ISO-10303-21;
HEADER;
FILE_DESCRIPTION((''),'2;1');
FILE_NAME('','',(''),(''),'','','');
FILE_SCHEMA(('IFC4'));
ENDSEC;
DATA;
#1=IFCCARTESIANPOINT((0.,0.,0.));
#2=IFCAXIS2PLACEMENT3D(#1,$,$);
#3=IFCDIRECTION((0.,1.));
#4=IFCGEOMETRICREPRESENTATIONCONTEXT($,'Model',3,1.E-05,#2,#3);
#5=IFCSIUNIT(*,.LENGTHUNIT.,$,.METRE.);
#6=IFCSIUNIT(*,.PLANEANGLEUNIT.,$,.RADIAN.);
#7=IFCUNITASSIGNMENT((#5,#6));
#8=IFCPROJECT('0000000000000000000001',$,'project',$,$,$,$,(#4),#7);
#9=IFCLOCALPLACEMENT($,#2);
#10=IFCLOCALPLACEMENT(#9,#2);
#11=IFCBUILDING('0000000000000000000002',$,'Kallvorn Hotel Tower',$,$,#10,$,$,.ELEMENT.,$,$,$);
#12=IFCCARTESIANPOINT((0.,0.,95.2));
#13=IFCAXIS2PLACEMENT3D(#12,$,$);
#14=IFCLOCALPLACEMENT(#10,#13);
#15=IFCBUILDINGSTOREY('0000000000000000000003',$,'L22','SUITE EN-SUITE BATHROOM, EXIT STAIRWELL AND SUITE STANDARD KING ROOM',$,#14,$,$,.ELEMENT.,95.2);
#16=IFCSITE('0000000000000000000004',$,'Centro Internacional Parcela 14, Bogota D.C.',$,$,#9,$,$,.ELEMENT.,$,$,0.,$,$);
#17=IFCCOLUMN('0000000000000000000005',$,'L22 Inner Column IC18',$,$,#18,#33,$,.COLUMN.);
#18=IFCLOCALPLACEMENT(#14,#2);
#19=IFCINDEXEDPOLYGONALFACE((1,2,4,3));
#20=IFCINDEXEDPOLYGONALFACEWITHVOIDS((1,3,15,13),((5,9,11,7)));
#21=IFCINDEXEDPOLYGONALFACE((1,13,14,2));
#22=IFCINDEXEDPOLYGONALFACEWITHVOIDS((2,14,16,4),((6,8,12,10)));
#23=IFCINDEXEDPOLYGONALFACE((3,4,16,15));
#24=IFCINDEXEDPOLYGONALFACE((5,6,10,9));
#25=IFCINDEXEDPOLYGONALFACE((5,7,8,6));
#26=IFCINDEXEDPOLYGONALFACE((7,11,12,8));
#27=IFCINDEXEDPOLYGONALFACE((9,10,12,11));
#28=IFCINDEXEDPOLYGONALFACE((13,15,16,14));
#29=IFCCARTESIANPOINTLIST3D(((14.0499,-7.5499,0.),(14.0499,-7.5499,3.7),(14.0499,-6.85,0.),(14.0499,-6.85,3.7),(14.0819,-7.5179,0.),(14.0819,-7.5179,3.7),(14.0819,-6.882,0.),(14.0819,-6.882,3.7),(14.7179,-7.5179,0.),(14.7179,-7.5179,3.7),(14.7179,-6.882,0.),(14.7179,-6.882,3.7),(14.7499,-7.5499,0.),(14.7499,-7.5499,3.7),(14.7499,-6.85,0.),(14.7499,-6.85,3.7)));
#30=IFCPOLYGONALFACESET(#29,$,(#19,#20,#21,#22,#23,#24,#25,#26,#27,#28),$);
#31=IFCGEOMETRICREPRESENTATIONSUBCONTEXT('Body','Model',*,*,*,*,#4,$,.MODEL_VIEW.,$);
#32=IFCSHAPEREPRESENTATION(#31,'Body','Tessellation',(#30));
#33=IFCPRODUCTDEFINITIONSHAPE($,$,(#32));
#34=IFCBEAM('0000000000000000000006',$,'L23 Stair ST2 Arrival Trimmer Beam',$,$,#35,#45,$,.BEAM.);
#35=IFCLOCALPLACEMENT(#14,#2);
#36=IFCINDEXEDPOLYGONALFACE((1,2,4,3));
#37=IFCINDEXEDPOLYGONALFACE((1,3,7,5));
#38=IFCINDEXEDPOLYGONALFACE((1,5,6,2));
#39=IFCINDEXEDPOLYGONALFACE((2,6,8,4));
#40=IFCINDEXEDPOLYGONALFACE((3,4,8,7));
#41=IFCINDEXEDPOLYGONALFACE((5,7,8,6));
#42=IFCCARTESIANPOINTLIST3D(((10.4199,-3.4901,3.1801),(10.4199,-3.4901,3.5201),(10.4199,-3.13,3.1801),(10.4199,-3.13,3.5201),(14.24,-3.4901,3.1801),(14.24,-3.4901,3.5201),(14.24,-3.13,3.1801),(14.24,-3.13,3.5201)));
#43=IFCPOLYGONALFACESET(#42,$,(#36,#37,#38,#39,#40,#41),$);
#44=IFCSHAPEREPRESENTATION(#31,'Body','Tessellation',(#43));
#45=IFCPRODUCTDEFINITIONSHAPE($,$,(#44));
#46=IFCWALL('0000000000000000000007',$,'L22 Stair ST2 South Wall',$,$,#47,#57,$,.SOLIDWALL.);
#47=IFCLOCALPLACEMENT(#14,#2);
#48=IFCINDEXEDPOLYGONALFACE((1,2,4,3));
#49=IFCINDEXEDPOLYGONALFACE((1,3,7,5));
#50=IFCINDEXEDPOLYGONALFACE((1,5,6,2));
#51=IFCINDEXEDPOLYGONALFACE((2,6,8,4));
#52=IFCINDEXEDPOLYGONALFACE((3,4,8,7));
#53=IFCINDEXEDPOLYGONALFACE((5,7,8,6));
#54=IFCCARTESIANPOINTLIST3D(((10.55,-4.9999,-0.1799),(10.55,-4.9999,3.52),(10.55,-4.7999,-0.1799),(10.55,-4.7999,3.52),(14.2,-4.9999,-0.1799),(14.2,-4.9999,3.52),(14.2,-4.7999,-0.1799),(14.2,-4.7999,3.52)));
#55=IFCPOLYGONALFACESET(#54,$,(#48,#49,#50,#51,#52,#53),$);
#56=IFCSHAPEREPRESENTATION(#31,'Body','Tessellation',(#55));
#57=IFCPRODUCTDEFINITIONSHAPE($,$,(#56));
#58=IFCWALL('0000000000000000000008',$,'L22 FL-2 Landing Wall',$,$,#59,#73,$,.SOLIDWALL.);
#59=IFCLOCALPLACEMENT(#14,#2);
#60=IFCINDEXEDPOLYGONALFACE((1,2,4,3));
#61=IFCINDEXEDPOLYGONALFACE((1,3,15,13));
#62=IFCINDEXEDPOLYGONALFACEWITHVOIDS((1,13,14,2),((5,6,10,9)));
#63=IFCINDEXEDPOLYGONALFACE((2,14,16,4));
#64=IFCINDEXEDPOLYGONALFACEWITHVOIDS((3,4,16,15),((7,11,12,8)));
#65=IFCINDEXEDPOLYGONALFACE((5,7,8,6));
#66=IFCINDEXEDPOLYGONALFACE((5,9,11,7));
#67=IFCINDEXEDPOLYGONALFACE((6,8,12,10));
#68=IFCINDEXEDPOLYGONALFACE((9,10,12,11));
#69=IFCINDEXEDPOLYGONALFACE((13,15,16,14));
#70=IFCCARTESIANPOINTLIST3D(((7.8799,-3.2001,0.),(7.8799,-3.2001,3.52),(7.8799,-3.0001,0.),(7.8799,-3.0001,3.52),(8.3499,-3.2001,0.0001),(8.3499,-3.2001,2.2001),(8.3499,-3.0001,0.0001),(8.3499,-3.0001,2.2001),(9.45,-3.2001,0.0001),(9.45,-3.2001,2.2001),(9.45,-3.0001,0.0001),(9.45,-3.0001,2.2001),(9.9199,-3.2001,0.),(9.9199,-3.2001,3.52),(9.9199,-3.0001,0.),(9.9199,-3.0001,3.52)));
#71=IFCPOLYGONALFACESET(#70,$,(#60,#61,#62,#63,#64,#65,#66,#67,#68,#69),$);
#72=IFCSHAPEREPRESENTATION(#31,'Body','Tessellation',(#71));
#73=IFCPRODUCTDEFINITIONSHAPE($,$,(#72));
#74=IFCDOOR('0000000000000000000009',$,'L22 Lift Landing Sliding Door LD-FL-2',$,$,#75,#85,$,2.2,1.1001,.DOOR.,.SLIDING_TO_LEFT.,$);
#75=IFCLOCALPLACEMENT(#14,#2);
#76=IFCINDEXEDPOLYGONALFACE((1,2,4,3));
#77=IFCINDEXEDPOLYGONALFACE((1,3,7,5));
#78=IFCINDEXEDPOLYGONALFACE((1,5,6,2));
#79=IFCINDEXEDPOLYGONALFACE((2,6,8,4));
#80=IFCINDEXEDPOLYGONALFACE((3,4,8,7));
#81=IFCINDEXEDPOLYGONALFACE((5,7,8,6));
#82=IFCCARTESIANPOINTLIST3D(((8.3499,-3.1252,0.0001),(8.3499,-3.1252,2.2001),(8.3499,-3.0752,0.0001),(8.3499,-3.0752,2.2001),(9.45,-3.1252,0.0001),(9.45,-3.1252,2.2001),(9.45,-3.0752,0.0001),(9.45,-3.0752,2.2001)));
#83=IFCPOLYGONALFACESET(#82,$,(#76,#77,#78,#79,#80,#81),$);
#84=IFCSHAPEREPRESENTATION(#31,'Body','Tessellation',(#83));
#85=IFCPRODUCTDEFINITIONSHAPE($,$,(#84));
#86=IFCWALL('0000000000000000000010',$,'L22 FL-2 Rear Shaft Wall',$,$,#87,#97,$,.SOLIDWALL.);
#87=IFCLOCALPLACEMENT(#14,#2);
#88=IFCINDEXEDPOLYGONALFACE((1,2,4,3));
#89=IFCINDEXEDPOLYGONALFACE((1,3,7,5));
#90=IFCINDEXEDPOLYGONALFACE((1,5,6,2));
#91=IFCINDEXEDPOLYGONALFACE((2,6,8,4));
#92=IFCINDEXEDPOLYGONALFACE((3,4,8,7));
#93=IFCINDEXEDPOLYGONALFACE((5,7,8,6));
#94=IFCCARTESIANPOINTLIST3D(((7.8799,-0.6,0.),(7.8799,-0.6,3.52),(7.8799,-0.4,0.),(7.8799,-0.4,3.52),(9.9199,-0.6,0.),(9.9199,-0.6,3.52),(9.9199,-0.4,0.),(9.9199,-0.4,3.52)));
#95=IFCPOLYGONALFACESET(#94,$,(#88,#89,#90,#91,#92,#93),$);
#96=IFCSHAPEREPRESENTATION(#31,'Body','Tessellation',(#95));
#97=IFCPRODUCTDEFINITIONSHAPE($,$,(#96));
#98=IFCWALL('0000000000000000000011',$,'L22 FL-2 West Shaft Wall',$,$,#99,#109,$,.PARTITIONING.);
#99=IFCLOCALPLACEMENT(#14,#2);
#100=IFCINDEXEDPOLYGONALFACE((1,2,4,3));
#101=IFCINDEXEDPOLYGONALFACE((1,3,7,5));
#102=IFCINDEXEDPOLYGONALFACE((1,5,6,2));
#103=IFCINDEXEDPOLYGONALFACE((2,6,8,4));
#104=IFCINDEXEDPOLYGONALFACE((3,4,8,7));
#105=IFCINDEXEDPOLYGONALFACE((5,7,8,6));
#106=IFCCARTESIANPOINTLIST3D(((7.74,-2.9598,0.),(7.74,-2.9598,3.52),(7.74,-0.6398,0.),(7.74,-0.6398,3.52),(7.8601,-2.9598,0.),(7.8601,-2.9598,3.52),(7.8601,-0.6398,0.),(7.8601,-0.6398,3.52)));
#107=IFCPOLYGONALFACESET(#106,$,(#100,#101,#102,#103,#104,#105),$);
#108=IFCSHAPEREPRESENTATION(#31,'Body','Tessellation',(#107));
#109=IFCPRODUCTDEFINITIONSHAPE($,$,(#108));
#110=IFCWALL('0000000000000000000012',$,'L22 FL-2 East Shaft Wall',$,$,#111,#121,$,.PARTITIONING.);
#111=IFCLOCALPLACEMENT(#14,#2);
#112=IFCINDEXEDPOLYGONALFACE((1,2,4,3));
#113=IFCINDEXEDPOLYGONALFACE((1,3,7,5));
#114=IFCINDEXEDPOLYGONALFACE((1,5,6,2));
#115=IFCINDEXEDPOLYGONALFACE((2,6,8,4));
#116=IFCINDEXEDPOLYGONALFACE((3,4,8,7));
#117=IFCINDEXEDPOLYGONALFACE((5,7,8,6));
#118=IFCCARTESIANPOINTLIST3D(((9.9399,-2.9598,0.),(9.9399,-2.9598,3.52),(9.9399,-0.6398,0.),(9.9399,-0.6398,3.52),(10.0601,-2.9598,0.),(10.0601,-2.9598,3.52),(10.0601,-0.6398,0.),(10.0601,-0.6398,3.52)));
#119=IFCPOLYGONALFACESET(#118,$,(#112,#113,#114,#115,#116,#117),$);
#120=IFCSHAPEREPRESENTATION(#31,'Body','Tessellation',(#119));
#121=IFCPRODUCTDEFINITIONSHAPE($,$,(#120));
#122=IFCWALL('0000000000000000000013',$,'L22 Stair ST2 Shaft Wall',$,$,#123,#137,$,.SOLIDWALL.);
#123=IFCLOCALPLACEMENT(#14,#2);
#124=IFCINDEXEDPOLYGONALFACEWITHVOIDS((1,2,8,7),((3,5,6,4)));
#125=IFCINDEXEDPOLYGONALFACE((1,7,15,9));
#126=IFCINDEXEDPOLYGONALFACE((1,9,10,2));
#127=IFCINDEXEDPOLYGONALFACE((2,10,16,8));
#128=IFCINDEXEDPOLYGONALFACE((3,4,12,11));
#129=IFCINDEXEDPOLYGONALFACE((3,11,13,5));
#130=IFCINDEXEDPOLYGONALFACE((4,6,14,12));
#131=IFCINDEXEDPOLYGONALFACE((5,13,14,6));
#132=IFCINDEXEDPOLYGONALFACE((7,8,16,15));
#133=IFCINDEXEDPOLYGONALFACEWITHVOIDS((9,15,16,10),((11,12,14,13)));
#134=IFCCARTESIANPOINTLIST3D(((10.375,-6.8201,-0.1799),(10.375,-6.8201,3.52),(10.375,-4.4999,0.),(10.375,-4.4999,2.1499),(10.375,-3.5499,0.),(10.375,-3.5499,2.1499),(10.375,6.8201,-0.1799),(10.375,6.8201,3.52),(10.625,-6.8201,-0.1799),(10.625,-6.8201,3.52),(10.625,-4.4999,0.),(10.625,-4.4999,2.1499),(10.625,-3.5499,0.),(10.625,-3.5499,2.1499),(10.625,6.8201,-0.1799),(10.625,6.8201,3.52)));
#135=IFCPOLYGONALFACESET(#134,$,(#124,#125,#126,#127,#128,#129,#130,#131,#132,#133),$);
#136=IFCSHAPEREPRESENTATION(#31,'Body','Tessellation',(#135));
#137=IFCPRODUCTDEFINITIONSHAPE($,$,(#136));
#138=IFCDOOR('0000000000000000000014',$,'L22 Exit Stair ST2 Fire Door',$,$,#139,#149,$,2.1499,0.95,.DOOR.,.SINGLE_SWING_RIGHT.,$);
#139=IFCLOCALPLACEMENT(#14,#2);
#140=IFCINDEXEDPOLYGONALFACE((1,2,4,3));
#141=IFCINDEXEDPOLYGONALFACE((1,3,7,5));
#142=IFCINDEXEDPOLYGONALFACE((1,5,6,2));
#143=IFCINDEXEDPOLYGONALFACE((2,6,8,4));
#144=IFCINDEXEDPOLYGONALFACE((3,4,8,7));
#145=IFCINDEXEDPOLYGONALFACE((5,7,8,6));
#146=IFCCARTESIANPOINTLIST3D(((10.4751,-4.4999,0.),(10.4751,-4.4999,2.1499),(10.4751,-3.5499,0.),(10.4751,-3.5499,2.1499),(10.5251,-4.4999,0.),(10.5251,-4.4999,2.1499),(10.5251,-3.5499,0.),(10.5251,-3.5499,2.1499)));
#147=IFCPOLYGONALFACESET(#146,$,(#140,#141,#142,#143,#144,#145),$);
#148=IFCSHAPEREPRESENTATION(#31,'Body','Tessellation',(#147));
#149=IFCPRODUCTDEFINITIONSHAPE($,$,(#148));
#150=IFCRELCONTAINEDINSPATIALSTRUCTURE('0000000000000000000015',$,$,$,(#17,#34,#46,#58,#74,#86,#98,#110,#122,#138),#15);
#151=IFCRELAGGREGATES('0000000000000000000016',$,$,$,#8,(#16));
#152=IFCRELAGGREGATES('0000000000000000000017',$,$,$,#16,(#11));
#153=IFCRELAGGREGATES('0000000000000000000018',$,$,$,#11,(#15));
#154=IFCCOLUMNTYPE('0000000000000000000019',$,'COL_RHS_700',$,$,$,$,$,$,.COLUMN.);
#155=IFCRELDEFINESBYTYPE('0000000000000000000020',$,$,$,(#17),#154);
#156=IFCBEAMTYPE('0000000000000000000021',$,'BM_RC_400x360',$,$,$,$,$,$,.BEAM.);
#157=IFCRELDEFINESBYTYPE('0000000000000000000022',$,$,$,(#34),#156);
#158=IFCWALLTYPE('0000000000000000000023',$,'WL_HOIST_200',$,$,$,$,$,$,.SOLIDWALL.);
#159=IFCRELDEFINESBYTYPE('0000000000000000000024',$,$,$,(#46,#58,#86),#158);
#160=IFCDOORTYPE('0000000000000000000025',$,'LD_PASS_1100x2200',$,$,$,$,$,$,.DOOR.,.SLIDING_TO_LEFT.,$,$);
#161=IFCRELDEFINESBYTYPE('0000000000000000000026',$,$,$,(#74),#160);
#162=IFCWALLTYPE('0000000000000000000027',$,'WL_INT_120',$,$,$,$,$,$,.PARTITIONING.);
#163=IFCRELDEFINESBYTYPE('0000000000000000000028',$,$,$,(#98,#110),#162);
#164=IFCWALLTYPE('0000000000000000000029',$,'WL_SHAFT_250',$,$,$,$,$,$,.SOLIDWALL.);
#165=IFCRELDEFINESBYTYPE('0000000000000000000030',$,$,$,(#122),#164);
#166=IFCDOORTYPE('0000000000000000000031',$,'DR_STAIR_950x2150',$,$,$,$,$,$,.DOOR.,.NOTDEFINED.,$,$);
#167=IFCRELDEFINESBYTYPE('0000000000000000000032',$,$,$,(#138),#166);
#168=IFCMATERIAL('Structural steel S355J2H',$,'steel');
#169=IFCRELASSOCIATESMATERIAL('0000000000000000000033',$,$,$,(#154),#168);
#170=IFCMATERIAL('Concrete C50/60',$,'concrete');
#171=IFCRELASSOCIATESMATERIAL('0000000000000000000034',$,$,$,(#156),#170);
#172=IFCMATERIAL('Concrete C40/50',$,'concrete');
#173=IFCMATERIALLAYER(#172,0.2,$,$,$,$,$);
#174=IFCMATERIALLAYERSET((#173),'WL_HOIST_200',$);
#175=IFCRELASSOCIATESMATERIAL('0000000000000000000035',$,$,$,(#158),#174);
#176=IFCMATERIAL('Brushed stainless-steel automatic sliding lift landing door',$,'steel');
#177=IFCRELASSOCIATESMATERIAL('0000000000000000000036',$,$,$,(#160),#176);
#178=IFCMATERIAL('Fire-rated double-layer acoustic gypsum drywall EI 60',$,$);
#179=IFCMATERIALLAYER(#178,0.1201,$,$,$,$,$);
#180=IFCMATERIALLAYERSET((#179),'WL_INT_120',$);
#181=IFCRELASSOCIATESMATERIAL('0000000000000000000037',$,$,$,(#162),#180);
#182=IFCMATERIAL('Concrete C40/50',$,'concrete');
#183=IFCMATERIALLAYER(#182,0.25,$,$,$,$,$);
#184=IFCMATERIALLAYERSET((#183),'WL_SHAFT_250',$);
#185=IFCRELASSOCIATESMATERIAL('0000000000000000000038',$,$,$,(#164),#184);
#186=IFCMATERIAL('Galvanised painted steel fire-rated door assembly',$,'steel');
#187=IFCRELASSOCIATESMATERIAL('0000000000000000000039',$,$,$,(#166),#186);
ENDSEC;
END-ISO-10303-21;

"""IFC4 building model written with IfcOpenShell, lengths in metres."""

from ifc_helpers import new_model, si_unit, direction, frame, frame_2d, origin, origin_2d, place, context, subcontext, project, spatial, rectangle, hollow_rectangle, extrude, material, layer, layer_set, material_profile, profile_set, type_object, element, fill, save


model = new_model("IFC4")

# Units and contexts
model_context = context("Model", 3, precision=1e-05, world=origin(), true_north=direction((0.0, 1.0)))
body_context = subcontext(model_context, "Body", "Model", "MODEL_VIEW")
ifc_project = project(units=[si_unit("LENGTHUNIT", "METRE"), si_unit("PLANEANGLEUNIT", "RADIAN")], contexts=[model_context])

# Site, building, storey
site_placement = place(None, origin())
site = spatial("IfcSite", under=ifc_project, at=site_placement, Name="Centro Internacional Parcela 14, Bogota D.C.", CompositionType="ELEMENT", RefElevation=0.0)
building_placement = place(site_placement, origin())
building = spatial("IfcBuilding", under=site, at=building_placement, Name="Kallvorn Hotel Tower", CompositionType="ELEMENT")
storey_placement = place(building_placement, frame((0.0, 0.0, 95.2)))
storey = spatial("IfcBuildingStorey", under=building, at=storey_placement, Name="L22", Description="SUITE EN-SUITE BATHROOM, EXIT STAIRWELL AND SUITE STANDARD KING ROOM", CompositionType="ELEMENT", Elevation=95.2)

# Column
ifc_material_1 = material(Name="Structural steel S355J2H", Category="steel")
ifc_material_profile_1 = material_profile(ifc_material_1, hollow_rectangle(XDim=0.7, YDim=0.7, WallThickness=0.032, at=origin_2d()), Name="RHS 700x700x32")
ifc_profile_set_1 = profile_set([ifc_material_profile_1], Name="Structural steel S355J2H")
column_type = type_object("IfcColumnType", Name="COL_RHS_700", PredefinedType="COLUMN", material=ifc_profile_set_1)
column_placement = place(storey_placement, frame((14.3999, -7.2, 0.0), z_axis=(0.0, 0.0, 1.0), x_axis=(1.0, 0.0, 0.0)))
element("IfcColumn", 1, at=column_placement, inside=storey, type_object=column_type, Name="L22 Inner Column IC18", PredefinedType="COLUMN", context=body_context, shape_type="SweptSolid", body=[
    extrude(hollow_rectangle(XDim=0.7, YDim=0.7, WallThickness=0.032, at=origin_2d()), origin(), (0.0, 0.0, 1.0), 3.7),
])

# Beam
ifc_material_2 = material(Name="Concrete C50/60", Category="concrete")
ifc_material_profile_2 = material_profile(ifc_material_2, rectangle(XDim=0.3601, YDim=0.3401, at=origin_2d()), Name="RC 360x340")
ifc_profile_set_2 = profile_set([ifc_material_profile_2], Name="Concrete C50/60")
beam_type = type_object("IfcBeamType", Name="BM_RC_400x360", PredefinedType="BEAM", material=ifc_profile_set_2)
beam_placement = place(storey_placement, frame((14.24, -3.3101, 3.3501), z_axis=(-1.0, 0.0, 0.0), x_axis=(0.0, -1.0, 0.0)))
element("IfcBeam", 2, at=beam_placement, inside=storey, type_object=beam_type, Name="L23 Stair ST2 Arrival Trimmer Beam", PredefinedType="BEAM", context=body_context, shape_type="SweptSolid", body=[
    extrude(rectangle(XDim=0.3601, YDim=0.3401, at=origin_2d()), origin(), (0.0, 0.0, 1.0), 3.8201),
])

# Wall
ifc_material_3 = material(Name="Concrete C40/50", Category="concrete")
ifc_layer_1 = layer(ifc_material_3, 0.2)
ifc_layer_set_1 = layer_set([ifc_layer_1], Name="WL_HOIST_200")
wall_type_1 = type_object("IfcWallType", Name="WL_HOIST_200", PredefinedType="SOLIDWALL", material=ifc_layer_set_1)
wall_1_placement = place(storey_placement, frame((10.55, -4.8999, -0.1799), z_axis=(0.0, 0.0, 1.0), x_axis=(1.0, 0.0, 0.0)))
element("IfcWall", 3, at=wall_1_placement, inside=storey, type_object=wall_type_1, Name="L22 Stair ST2 South Wall", PredefinedType="SOLIDWALL", context=body_context, shape_type="SweptSolid", body=[
    extrude(rectangle(XDim=3.6499, YDim=0.2, at=frame_2d((1.825, 0.0))), origin(), (0.0, 0.0, 1.0), 3.7),
])

# Wall, opening, door
wall_2_placement = place(storey_placement, frame((7.8799, -3.1001, 0.0), z_axis=(0.0, 0.0, 1.0), x_axis=(1.0, 0.0, 0.0)))
wall_2 = element("IfcWall", 4, at=wall_2_placement, inside=storey, type_object=wall_type_1, Name="L22 FL-2 Landing Wall", PredefinedType="SOLIDWALL", context=body_context, shape_type="SweptSolid", body=[
    extrude(rectangle(XDim=2.04, YDim=0.2, at=frame_2d((1.02, 0.0))), origin(), (0.0, 0.0, 1.0), 3.52),
])
opening_1_placement = place(wall_2_placement, frame((0.47, 0.0, 0.0)))
opening_1 = element("IfcOpeningElement", 5, at=opening_1_placement, cuts=wall_2, PredefinedType="OPENING", context=body_context, shape_type="SweptSolid", body=[
    extrude(rectangle(XDim=1.1001, YDim=2.2, at=frame_2d((0.55, 1.1001))), frame((0.0, 0.115, 0.0), z_axis=(0.0, -1.0, 0.0), x_axis=(1.0, 0.0, 0.0)), (0.0, 0.0, 1.0), 0.23),
])
ifc_material_4 = material(Name="Brushed stainless-steel automatic sliding lift landing door", Category="steel")
door_type_1 = type_object("IfcDoorType", Name="LD_PASS_1100x2200", OperationType="SLIDING_TO_LEFT", PredefinedType="DOOR", material=ifc_material_4)
door_1_placement = place(opening_1_placement, origin())
door_1 = element("IfcDoor", 6, at=door_1_placement, inside=storey, type_object=door_type_1, Name="L22 Lift Landing Sliding Door LD-FL-2", OperationType="SLIDING_TO_LEFT", OverallHeight=2.2, OverallWidth=1.1001, PredefinedType="DOOR", context=body_context, shape_type="SweptSolid", body=[
    extrude(rectangle(XDim=1.1001, YDim=2.2, at=frame_2d((0.55, 1.1001))), frame((0.0, 0.0249, 0.0), z_axis=(0.0, -1.0, 0.0), x_axis=(1.0, 0.0, 0.0)), (0.0, 0.0, 1.0), 0.05),
])
fill(opening_1, door_1)

# Walls
wall_3_placement = place(storey_placement, frame((7.8799, -0.5, 0.0), z_axis=(0.0, 0.0, 1.0), x_axis=(1.0, 0.0, 0.0)))
element("IfcWall", 7, at=wall_3_placement, inside=storey, type_object=wall_type_1, Name="L22 FL-2 Rear Shaft Wall", PredefinedType="SOLIDWALL", context=body_context, shape_type="SweptSolid", body=[
    extrude(rectangle(XDim=2.04, YDim=0.2, at=frame_2d((1.02, 0.0))), origin(), (0.0, 0.0, 1.0), 3.52),
])
ifc_material_5 = material(Name="Fire-rated double-layer acoustic gypsum drywall EI 60")
ifc_layer_2 = layer(ifc_material_5, 0.1201)
ifc_layer_set_2 = layer_set([ifc_layer_2], Name="WL_INT_120")
wall_type_2 = type_object("IfcWallType", Name="WL_INT_120", PredefinedType="PARTITIONING", material=ifc_layer_set_2)
for number, where, z_axis, x_axis, name in (
    (8, (7.8, -2.96, 0.0), (0.0, 0.0, 1.0), (0.0, 1.0, 0.0), "L22 FL-2 West Shaft Wall"),
    (9, (10.0, -2.96, 0.0), (0.0, 0.0, 1.0), (0.0, 1.0, 0.0), "L22 FL-2 East Shaft Wall"),
):
    element("IfcWall", number, at=place(storey_placement, frame(where, z_axis=z_axis, x_axis=x_axis)), inside=storey, type_object=wall_type_2, Name=name, PredefinedType="PARTITIONING", context=body_context, shape_type="SweptSolid", body=[
        extrude(rectangle(XDim=2.3201, YDim=0.1201, at=frame_2d((1.1602, 0.0))), origin(), (0.0, 0.0, 1.0), 3.52),
    ])

# Wall, opening, door
ifc_material_6 = material(Name="Concrete C40/50", Category="concrete")
ifc_layer_3 = layer(ifc_material_6, 0.25)
ifc_layer_set_3 = layer_set([ifc_layer_3], Name="WL_SHAFT_250")
wall_type_3 = type_object("IfcWallType", Name="WL_SHAFT_250", PredefinedType="SOLIDWALL", material=ifc_layer_set_3)
wall_4_placement = place(storey_placement, frame((10.5, -6.8201, -0.1799), z_axis=(0.0, 0.0, 1.0), x_axis=(0.0, 1.0, 0.0)))
wall_4 = element("IfcWall", 10, at=wall_4_placement, inside=storey, type_object=wall_type_3, Name="L22 Stair ST2 Shaft Wall", PredefinedType="SOLIDWALL", context=body_context, shape_type="SweptSolid", body=[
    extrude(rectangle(XDim=13.6401, YDim=0.25, at=frame_2d((6.8201, 0.0))), origin(), (0.0, 0.0, 1.0), 3.7),
])
opening_2_placement = place(wall_4_placement, frame((2.3201, 0.0, 0.1799)))
opening_2 = element("IfcOpeningElement", 11, at=opening_2_placement, cuts=wall_4, PredefinedType="OPENING", context=body_context, shape_type="SweptSolid", body=[
    extrude(rectangle(XDim=0.95, YDim=2.1499, at=frame_2d((0.4751, 1.075))), frame((0.0, 0.1399, 0.0), z_axis=(0.0, -1.0, 0.0), x_axis=(1.0, 0.0, 0.0)), (0.0, 0.0, 1.0), 0.28),
])
ifc_material_7 = material(Name="Galvanised painted steel fire-rated door assembly", Category="steel")
door_type_2 = type_object("IfcDoorType", Name="DR_STAIR_950x2150", OperationType="NOTDEFINED", PredefinedType="DOOR", material=ifc_material_7)
door_2_placement = place(opening_2_placement, origin())
door_2 = element("IfcDoor", 12, at=door_2_placement, inside=storey, type_object=door_type_2, Name="L22 Exit Stair ST2 Fire Door", OperationType="SINGLE_SWING_RIGHT", OverallHeight=2.1499, OverallWidth=0.95, PredefinedType="DOOR", context=body_context, shape_type="SweptSolid", body=[
    extrude(rectangle(XDim=0.95, YDim=2.1499, at=frame_2d((0.4751, 1.075))), frame((0.0, 0.0249, 0.0), z_axis=(0.0, -1.0, 0.0), x_axis=(1.0, 0.0, 0.0)), (0.0, 0.0, 1.0), 0.05),
])
fill(opening_2, door_2)

save(model, "model.ifc")
